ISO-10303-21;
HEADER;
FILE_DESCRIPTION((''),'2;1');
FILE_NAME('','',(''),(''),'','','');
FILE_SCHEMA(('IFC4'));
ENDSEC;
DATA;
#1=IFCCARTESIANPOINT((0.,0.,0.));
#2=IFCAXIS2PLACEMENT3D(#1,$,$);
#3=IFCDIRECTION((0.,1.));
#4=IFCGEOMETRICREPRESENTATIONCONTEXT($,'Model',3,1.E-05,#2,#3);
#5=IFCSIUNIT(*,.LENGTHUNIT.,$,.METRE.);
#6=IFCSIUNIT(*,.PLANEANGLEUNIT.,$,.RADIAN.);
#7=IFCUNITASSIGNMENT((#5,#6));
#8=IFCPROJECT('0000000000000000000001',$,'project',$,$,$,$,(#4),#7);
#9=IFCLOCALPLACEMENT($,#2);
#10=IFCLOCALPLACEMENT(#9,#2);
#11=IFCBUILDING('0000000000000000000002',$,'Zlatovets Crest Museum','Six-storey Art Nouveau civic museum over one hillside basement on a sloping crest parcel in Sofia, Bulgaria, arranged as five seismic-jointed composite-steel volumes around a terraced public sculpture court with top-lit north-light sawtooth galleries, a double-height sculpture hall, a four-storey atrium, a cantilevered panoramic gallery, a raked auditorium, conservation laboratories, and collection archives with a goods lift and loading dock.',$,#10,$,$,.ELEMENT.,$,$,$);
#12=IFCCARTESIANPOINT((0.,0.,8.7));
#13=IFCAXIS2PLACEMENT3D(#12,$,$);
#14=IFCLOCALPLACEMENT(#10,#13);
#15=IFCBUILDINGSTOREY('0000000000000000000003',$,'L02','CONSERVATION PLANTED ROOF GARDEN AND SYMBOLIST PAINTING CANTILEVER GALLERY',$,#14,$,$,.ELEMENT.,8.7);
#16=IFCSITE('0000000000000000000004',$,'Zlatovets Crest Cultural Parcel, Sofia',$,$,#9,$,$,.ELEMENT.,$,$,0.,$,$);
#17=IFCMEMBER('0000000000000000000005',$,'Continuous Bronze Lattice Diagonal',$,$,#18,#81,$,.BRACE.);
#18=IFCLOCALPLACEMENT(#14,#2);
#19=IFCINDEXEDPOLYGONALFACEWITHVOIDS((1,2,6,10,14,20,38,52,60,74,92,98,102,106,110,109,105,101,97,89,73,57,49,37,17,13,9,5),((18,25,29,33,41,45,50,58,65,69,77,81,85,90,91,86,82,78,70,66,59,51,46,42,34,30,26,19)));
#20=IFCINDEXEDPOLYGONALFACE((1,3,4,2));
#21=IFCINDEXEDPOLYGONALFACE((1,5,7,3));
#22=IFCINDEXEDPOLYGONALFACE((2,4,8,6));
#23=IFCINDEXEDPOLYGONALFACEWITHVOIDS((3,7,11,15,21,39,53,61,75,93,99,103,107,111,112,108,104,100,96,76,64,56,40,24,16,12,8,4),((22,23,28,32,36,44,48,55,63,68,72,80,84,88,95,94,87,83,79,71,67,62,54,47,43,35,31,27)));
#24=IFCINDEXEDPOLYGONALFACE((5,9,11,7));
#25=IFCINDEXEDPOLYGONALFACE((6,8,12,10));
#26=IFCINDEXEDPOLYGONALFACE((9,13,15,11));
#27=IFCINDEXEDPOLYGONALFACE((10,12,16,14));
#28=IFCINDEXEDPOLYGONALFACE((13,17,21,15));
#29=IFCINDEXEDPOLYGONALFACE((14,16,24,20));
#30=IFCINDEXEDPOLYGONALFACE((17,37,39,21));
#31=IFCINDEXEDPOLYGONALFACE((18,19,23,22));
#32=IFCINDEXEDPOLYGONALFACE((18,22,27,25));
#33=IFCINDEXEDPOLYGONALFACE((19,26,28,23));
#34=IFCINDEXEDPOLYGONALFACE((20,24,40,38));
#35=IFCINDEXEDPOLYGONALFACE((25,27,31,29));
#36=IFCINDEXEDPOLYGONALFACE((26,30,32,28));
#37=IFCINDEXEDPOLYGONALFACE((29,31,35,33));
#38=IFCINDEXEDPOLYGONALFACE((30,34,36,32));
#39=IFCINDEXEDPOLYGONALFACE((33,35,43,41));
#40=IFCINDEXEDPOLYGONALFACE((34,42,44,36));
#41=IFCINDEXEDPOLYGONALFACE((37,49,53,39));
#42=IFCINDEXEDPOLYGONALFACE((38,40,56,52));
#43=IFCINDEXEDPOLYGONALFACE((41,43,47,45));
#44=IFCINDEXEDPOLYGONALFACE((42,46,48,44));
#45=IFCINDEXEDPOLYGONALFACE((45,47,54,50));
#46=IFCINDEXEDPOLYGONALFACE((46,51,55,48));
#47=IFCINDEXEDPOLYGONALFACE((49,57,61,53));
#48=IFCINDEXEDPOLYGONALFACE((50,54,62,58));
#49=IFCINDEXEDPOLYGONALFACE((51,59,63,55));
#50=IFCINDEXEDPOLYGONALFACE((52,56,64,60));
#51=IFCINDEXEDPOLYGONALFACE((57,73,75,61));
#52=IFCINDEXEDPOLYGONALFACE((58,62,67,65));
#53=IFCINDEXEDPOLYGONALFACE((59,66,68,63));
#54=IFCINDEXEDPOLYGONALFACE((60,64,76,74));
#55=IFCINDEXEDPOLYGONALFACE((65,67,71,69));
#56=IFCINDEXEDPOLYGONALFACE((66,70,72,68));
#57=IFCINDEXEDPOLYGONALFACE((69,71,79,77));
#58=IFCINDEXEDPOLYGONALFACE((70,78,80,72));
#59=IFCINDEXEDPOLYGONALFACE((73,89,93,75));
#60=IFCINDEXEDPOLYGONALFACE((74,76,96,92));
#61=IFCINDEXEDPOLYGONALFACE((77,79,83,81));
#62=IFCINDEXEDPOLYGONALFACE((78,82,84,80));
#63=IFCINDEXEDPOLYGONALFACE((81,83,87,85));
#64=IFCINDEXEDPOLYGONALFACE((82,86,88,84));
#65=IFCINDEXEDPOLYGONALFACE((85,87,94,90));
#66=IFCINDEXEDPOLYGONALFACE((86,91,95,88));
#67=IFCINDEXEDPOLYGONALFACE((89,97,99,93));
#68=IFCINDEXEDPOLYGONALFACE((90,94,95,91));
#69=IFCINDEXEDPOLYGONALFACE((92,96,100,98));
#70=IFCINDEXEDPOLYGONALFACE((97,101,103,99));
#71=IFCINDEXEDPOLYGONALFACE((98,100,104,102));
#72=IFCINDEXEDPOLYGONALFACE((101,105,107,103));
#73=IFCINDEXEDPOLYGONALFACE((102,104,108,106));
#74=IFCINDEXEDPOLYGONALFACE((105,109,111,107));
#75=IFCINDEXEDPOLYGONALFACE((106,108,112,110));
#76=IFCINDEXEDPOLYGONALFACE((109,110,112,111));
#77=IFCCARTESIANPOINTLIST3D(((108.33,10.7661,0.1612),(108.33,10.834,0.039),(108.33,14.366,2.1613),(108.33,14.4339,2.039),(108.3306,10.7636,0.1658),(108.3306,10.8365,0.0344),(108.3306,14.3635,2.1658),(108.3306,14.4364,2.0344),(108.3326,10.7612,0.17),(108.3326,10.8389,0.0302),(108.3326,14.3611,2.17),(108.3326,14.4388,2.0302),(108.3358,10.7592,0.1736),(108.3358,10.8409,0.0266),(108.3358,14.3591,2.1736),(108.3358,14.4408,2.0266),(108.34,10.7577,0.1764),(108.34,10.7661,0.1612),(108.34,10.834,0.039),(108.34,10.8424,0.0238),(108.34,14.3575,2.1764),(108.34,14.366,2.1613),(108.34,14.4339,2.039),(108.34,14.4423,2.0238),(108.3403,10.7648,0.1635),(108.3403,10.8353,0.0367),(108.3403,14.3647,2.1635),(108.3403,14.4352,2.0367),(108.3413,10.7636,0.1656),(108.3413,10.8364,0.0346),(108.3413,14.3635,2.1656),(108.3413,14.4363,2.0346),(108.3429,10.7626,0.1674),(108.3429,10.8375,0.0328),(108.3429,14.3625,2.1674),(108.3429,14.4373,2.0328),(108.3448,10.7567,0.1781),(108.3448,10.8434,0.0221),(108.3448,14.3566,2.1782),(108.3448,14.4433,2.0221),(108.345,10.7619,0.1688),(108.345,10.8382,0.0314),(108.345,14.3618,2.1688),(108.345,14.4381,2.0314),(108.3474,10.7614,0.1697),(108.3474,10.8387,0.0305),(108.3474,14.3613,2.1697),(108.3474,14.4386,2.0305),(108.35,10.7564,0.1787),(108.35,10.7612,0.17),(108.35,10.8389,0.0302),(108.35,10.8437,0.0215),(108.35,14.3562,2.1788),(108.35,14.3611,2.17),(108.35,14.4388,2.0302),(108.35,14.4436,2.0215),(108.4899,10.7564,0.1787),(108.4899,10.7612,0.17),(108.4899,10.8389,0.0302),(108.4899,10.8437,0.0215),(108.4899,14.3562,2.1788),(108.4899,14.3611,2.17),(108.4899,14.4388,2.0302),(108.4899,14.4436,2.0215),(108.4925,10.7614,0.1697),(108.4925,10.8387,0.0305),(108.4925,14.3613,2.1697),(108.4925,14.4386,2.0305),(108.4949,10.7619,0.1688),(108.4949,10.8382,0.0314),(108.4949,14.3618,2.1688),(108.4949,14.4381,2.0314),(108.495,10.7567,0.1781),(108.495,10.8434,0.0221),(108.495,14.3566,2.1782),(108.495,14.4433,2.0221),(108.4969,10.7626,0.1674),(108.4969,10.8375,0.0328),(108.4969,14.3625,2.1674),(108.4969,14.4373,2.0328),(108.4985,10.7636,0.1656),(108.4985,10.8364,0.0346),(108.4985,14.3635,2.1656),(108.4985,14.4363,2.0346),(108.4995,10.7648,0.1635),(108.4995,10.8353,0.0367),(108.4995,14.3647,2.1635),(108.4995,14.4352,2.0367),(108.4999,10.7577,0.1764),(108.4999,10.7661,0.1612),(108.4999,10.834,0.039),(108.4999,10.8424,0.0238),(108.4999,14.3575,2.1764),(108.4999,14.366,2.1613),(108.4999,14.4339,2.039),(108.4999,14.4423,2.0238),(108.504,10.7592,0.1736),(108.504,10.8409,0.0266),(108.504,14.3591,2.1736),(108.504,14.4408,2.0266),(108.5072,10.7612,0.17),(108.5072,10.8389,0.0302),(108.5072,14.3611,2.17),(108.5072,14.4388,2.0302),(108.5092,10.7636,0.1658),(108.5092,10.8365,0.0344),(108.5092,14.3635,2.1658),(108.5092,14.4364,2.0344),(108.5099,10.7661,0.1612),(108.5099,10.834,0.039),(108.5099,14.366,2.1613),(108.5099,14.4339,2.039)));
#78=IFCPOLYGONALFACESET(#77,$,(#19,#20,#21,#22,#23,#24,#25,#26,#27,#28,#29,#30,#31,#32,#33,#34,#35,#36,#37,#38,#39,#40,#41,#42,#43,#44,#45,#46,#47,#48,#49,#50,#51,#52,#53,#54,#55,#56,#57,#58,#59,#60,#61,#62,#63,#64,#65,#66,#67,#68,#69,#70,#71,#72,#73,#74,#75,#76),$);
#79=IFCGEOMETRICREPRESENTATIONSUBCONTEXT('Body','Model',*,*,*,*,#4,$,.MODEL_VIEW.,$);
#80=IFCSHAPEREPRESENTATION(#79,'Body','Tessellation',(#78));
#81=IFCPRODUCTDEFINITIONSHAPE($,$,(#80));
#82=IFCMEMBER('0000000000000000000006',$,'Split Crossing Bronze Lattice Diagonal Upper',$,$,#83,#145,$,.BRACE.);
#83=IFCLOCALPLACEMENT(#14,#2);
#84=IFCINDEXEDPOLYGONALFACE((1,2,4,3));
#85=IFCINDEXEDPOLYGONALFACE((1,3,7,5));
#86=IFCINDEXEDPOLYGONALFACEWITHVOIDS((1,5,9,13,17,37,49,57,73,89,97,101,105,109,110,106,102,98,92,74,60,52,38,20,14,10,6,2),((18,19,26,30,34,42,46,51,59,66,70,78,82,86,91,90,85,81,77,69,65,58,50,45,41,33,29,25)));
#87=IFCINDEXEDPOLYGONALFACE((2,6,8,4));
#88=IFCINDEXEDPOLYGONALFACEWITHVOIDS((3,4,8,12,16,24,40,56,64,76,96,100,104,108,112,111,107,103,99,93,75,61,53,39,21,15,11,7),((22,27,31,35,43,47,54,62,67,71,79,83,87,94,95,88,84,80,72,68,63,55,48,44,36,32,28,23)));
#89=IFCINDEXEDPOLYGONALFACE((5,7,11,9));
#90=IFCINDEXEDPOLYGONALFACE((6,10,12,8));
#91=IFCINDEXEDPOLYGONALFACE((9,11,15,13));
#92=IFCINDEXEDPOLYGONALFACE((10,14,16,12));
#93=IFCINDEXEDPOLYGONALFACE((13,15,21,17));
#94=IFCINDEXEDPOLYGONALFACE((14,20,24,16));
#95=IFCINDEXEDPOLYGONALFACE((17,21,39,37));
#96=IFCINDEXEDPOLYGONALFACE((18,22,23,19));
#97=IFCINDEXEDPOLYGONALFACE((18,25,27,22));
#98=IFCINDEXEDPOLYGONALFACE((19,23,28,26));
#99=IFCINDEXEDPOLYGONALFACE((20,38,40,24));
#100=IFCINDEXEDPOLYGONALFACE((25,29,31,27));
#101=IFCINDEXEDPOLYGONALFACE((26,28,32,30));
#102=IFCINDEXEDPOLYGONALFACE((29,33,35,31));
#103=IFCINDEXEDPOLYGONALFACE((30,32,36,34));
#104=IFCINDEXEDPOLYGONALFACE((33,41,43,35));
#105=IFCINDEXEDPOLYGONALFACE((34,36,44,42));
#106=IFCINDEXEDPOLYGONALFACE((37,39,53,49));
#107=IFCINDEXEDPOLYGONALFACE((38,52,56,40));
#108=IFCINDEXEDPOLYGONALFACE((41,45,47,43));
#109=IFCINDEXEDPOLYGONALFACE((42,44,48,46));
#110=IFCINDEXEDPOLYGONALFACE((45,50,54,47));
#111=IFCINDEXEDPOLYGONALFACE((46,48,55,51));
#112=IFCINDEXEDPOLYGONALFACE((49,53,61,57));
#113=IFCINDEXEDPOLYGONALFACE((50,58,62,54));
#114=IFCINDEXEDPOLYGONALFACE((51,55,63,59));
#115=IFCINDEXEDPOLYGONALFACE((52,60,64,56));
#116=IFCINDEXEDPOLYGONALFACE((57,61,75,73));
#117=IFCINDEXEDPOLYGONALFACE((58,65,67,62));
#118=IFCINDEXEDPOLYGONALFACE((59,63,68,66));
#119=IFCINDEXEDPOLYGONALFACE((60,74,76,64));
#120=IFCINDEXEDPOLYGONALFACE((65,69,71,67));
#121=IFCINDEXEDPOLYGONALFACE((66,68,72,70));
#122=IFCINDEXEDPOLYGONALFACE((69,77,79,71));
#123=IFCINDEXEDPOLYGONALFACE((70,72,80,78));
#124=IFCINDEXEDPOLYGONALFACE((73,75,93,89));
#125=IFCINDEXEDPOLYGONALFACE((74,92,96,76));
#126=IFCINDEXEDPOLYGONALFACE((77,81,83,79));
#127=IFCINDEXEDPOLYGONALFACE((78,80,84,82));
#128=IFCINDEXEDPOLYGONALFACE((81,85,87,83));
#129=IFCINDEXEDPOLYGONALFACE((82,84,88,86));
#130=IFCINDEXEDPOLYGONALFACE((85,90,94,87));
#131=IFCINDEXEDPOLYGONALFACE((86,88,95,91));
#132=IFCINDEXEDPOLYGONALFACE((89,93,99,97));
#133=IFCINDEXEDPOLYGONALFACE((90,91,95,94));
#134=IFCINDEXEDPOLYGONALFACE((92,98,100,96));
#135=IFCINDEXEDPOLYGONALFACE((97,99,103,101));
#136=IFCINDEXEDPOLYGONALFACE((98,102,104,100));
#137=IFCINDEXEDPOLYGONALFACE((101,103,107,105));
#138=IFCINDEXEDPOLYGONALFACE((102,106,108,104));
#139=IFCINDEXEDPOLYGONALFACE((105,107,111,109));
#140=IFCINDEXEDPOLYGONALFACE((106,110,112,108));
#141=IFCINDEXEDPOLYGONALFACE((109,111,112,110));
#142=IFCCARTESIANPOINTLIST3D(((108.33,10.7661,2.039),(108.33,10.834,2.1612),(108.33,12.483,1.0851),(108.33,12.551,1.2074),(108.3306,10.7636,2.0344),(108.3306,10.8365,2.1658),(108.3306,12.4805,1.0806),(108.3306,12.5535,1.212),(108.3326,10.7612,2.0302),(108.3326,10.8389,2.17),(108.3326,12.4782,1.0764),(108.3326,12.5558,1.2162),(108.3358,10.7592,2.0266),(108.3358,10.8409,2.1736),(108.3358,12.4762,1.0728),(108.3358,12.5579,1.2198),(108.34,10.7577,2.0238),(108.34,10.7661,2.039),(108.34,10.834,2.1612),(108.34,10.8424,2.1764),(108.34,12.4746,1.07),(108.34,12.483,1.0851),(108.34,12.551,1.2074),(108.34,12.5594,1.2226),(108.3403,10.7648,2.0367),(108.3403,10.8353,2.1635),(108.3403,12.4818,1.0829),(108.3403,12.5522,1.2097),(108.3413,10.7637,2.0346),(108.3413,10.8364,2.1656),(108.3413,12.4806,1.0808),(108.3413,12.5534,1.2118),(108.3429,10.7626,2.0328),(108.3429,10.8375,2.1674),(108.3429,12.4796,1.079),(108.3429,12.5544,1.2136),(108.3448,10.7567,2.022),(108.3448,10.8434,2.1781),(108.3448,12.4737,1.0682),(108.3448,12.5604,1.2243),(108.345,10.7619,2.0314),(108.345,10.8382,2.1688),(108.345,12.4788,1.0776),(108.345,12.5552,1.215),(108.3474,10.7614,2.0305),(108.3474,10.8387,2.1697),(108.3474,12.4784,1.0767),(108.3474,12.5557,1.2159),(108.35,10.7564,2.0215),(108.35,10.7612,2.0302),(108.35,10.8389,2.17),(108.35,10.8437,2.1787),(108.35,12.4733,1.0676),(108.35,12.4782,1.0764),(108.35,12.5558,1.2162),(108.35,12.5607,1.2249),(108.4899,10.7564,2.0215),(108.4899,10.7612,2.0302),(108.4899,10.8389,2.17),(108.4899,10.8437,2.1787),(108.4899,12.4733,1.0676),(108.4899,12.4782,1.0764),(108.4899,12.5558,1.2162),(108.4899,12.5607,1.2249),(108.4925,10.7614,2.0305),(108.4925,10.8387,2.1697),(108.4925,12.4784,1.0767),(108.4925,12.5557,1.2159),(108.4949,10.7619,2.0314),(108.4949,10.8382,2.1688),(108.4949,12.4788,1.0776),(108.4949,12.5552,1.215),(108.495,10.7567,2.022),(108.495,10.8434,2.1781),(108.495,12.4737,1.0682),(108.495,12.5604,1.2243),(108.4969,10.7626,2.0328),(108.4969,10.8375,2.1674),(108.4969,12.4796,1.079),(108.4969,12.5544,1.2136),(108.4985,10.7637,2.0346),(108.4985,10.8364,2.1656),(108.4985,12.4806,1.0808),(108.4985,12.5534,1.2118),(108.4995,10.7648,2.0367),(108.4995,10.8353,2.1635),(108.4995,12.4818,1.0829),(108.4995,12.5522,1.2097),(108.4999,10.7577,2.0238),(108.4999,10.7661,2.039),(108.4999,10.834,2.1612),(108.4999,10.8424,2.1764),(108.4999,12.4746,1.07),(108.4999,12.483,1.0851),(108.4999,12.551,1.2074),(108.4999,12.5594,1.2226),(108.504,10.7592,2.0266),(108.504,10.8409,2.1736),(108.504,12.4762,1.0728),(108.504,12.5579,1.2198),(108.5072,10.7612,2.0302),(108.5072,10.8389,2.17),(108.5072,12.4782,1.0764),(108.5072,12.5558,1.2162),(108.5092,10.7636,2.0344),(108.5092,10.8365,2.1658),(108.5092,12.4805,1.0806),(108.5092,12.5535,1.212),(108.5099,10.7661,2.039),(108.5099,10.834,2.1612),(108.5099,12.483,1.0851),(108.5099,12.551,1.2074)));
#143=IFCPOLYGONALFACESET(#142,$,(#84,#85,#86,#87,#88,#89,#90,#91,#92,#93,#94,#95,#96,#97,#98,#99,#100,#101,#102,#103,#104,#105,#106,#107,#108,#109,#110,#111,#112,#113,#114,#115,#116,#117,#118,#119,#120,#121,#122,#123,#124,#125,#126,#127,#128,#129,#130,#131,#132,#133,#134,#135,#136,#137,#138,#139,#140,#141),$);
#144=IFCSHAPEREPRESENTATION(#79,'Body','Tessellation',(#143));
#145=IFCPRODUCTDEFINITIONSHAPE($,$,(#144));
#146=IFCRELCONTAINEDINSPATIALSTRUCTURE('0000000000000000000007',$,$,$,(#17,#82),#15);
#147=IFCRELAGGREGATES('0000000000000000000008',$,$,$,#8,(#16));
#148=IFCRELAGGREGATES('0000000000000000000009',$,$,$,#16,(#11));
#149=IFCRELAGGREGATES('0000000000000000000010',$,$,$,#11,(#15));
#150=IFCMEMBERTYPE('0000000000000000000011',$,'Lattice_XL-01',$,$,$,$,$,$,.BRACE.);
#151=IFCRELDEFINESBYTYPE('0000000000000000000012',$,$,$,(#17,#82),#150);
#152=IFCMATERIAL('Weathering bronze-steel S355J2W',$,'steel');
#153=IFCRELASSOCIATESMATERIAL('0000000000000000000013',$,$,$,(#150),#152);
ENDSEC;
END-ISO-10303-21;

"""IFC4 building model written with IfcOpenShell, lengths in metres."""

from ifc_helpers import new_model, si_unit, direction, frame, origin, origin_2d, place, context, subcontext, project, spatial, hollow_rectangle, extrude, material, material_profile, profile_set, type_object, element, save


model = new_model("IFC4")

# Units and contexts
model_context = context("Model", 3, precision=1e-05, world=origin(), true_north=direction((0.0, 1.0)))
body_context = subcontext(model_context, "Body", "Model", "MODEL_VIEW")
ifc_project = project(units=[si_unit("LENGTHUNIT", "METRE"), si_unit("PLANEANGLEUNIT", "RADIAN")], contexts=[model_context])

# Site, building, storey
site_placement = place(None, origin())
site = spatial("IfcSite", under=ifc_project, at=site_placement, Name="Zlatovets Crest Cultural Parcel, Sofia", CompositionType="ELEMENT", RefElevation=0.0)
building_placement = place(site_placement, origin())
building = spatial("IfcBuilding", under=site, at=building_placement, Name="Zlatovets Crest Museum", Description="Six-storey Art Nouveau civic museum over one hillside basement on a sloping crest parcel in Sofia, Bulgaria, arranged as five seismic-jointed composite-steel volumes around a terraced public sculpture court with top-lit north-light sawtooth galleries, a double-height sculpture hall, a four-storey atrium, a cantilevered panoramic gallery, a raked auditorium, conservation laboratories, and collection archives with a goods lift and loading dock.", CompositionType="ELEMENT")
storey_placement = place(building_placement, frame((0.0, 0.0, 8.7)))
storey = spatial("IfcBuildingStorey", under=building, at=storey_placement, Name="L02", Description="CONSERVATION PLANTED ROOF GARDEN AND SYMBOLIST PAINTING CANTILEVER GALLERY", CompositionType="ELEMENT", Elevation=8.7)

# Members
ifc_material_1 = material(Name="Weathering bronze-steel S355J2W", Category="steel")
ifc_material_profile_1 = material_profile(ifc_material_1, hollow_rectangle(XDim=0.1799, YDim=0.1799, WallThickness=0.01, InnerFilletRadius=0.01, OuterFilletRadius=0.02, at=origin_2d()), Name="SHS 180x180x10.0")
ifc_profile_set_1 = profile_set([ifc_material_profile_1], Name="Weathering bronze-steel S355J2W")
member_type_1 = type_object("IfcMemberType", Name="Lattice_XL-01", PredefinedType="BRACE", material=ifc_profile_set_1)
member_1_placement = place(storey_placement, frame((108.4199, 10.8, 0.1001), z_axis=(0.0, 0.874149, 0.485658), x_axis=(-1.0, 0.0, 0.0)))
element("IfcMember", 1, at=member_1_placement, inside=storey, type_object=member_type_1, Name="Continuous Bronze Lattice Diagonal", PredefinedType="BRACE", context=body_context, shape_type="SweptSolid", body=[
    extrude(hollow_rectangle(XDim=0.1799, YDim=0.1799, WallThickness=0.01, InnerFilletRadius=0.01, OuterFilletRadius=0.02, at=origin_2d()), origin(), (0.0, 0.0, 1.0), 4.1182),
])
member_2_placement = place(storey_placement, frame((108.4199, 10.8, 2.1001), z_axis=(0.0, 0.874169, -0.485622), x_axis=(-1.0, 0.0, 0.0)))
element("IfcMember", 2, at=member_2_placement, inside=storey, type_object=member_type_1, Name="Split Crossing Bronze Lattice Diagonal Upper", PredefinedType="BRACE", context=body_context, shape_type="SweptSolid", body=[
    extrude(hollow_rectangle(XDim=0.1799, YDim=0.1799, WallThickness=0.01, InnerFilletRadius=0.01, OuterFilletRadius=0.02, at=origin_2d()), origin(), (0.0, 0.0, 1.0), 1.9641),
])

save(model, "model.ifc")
